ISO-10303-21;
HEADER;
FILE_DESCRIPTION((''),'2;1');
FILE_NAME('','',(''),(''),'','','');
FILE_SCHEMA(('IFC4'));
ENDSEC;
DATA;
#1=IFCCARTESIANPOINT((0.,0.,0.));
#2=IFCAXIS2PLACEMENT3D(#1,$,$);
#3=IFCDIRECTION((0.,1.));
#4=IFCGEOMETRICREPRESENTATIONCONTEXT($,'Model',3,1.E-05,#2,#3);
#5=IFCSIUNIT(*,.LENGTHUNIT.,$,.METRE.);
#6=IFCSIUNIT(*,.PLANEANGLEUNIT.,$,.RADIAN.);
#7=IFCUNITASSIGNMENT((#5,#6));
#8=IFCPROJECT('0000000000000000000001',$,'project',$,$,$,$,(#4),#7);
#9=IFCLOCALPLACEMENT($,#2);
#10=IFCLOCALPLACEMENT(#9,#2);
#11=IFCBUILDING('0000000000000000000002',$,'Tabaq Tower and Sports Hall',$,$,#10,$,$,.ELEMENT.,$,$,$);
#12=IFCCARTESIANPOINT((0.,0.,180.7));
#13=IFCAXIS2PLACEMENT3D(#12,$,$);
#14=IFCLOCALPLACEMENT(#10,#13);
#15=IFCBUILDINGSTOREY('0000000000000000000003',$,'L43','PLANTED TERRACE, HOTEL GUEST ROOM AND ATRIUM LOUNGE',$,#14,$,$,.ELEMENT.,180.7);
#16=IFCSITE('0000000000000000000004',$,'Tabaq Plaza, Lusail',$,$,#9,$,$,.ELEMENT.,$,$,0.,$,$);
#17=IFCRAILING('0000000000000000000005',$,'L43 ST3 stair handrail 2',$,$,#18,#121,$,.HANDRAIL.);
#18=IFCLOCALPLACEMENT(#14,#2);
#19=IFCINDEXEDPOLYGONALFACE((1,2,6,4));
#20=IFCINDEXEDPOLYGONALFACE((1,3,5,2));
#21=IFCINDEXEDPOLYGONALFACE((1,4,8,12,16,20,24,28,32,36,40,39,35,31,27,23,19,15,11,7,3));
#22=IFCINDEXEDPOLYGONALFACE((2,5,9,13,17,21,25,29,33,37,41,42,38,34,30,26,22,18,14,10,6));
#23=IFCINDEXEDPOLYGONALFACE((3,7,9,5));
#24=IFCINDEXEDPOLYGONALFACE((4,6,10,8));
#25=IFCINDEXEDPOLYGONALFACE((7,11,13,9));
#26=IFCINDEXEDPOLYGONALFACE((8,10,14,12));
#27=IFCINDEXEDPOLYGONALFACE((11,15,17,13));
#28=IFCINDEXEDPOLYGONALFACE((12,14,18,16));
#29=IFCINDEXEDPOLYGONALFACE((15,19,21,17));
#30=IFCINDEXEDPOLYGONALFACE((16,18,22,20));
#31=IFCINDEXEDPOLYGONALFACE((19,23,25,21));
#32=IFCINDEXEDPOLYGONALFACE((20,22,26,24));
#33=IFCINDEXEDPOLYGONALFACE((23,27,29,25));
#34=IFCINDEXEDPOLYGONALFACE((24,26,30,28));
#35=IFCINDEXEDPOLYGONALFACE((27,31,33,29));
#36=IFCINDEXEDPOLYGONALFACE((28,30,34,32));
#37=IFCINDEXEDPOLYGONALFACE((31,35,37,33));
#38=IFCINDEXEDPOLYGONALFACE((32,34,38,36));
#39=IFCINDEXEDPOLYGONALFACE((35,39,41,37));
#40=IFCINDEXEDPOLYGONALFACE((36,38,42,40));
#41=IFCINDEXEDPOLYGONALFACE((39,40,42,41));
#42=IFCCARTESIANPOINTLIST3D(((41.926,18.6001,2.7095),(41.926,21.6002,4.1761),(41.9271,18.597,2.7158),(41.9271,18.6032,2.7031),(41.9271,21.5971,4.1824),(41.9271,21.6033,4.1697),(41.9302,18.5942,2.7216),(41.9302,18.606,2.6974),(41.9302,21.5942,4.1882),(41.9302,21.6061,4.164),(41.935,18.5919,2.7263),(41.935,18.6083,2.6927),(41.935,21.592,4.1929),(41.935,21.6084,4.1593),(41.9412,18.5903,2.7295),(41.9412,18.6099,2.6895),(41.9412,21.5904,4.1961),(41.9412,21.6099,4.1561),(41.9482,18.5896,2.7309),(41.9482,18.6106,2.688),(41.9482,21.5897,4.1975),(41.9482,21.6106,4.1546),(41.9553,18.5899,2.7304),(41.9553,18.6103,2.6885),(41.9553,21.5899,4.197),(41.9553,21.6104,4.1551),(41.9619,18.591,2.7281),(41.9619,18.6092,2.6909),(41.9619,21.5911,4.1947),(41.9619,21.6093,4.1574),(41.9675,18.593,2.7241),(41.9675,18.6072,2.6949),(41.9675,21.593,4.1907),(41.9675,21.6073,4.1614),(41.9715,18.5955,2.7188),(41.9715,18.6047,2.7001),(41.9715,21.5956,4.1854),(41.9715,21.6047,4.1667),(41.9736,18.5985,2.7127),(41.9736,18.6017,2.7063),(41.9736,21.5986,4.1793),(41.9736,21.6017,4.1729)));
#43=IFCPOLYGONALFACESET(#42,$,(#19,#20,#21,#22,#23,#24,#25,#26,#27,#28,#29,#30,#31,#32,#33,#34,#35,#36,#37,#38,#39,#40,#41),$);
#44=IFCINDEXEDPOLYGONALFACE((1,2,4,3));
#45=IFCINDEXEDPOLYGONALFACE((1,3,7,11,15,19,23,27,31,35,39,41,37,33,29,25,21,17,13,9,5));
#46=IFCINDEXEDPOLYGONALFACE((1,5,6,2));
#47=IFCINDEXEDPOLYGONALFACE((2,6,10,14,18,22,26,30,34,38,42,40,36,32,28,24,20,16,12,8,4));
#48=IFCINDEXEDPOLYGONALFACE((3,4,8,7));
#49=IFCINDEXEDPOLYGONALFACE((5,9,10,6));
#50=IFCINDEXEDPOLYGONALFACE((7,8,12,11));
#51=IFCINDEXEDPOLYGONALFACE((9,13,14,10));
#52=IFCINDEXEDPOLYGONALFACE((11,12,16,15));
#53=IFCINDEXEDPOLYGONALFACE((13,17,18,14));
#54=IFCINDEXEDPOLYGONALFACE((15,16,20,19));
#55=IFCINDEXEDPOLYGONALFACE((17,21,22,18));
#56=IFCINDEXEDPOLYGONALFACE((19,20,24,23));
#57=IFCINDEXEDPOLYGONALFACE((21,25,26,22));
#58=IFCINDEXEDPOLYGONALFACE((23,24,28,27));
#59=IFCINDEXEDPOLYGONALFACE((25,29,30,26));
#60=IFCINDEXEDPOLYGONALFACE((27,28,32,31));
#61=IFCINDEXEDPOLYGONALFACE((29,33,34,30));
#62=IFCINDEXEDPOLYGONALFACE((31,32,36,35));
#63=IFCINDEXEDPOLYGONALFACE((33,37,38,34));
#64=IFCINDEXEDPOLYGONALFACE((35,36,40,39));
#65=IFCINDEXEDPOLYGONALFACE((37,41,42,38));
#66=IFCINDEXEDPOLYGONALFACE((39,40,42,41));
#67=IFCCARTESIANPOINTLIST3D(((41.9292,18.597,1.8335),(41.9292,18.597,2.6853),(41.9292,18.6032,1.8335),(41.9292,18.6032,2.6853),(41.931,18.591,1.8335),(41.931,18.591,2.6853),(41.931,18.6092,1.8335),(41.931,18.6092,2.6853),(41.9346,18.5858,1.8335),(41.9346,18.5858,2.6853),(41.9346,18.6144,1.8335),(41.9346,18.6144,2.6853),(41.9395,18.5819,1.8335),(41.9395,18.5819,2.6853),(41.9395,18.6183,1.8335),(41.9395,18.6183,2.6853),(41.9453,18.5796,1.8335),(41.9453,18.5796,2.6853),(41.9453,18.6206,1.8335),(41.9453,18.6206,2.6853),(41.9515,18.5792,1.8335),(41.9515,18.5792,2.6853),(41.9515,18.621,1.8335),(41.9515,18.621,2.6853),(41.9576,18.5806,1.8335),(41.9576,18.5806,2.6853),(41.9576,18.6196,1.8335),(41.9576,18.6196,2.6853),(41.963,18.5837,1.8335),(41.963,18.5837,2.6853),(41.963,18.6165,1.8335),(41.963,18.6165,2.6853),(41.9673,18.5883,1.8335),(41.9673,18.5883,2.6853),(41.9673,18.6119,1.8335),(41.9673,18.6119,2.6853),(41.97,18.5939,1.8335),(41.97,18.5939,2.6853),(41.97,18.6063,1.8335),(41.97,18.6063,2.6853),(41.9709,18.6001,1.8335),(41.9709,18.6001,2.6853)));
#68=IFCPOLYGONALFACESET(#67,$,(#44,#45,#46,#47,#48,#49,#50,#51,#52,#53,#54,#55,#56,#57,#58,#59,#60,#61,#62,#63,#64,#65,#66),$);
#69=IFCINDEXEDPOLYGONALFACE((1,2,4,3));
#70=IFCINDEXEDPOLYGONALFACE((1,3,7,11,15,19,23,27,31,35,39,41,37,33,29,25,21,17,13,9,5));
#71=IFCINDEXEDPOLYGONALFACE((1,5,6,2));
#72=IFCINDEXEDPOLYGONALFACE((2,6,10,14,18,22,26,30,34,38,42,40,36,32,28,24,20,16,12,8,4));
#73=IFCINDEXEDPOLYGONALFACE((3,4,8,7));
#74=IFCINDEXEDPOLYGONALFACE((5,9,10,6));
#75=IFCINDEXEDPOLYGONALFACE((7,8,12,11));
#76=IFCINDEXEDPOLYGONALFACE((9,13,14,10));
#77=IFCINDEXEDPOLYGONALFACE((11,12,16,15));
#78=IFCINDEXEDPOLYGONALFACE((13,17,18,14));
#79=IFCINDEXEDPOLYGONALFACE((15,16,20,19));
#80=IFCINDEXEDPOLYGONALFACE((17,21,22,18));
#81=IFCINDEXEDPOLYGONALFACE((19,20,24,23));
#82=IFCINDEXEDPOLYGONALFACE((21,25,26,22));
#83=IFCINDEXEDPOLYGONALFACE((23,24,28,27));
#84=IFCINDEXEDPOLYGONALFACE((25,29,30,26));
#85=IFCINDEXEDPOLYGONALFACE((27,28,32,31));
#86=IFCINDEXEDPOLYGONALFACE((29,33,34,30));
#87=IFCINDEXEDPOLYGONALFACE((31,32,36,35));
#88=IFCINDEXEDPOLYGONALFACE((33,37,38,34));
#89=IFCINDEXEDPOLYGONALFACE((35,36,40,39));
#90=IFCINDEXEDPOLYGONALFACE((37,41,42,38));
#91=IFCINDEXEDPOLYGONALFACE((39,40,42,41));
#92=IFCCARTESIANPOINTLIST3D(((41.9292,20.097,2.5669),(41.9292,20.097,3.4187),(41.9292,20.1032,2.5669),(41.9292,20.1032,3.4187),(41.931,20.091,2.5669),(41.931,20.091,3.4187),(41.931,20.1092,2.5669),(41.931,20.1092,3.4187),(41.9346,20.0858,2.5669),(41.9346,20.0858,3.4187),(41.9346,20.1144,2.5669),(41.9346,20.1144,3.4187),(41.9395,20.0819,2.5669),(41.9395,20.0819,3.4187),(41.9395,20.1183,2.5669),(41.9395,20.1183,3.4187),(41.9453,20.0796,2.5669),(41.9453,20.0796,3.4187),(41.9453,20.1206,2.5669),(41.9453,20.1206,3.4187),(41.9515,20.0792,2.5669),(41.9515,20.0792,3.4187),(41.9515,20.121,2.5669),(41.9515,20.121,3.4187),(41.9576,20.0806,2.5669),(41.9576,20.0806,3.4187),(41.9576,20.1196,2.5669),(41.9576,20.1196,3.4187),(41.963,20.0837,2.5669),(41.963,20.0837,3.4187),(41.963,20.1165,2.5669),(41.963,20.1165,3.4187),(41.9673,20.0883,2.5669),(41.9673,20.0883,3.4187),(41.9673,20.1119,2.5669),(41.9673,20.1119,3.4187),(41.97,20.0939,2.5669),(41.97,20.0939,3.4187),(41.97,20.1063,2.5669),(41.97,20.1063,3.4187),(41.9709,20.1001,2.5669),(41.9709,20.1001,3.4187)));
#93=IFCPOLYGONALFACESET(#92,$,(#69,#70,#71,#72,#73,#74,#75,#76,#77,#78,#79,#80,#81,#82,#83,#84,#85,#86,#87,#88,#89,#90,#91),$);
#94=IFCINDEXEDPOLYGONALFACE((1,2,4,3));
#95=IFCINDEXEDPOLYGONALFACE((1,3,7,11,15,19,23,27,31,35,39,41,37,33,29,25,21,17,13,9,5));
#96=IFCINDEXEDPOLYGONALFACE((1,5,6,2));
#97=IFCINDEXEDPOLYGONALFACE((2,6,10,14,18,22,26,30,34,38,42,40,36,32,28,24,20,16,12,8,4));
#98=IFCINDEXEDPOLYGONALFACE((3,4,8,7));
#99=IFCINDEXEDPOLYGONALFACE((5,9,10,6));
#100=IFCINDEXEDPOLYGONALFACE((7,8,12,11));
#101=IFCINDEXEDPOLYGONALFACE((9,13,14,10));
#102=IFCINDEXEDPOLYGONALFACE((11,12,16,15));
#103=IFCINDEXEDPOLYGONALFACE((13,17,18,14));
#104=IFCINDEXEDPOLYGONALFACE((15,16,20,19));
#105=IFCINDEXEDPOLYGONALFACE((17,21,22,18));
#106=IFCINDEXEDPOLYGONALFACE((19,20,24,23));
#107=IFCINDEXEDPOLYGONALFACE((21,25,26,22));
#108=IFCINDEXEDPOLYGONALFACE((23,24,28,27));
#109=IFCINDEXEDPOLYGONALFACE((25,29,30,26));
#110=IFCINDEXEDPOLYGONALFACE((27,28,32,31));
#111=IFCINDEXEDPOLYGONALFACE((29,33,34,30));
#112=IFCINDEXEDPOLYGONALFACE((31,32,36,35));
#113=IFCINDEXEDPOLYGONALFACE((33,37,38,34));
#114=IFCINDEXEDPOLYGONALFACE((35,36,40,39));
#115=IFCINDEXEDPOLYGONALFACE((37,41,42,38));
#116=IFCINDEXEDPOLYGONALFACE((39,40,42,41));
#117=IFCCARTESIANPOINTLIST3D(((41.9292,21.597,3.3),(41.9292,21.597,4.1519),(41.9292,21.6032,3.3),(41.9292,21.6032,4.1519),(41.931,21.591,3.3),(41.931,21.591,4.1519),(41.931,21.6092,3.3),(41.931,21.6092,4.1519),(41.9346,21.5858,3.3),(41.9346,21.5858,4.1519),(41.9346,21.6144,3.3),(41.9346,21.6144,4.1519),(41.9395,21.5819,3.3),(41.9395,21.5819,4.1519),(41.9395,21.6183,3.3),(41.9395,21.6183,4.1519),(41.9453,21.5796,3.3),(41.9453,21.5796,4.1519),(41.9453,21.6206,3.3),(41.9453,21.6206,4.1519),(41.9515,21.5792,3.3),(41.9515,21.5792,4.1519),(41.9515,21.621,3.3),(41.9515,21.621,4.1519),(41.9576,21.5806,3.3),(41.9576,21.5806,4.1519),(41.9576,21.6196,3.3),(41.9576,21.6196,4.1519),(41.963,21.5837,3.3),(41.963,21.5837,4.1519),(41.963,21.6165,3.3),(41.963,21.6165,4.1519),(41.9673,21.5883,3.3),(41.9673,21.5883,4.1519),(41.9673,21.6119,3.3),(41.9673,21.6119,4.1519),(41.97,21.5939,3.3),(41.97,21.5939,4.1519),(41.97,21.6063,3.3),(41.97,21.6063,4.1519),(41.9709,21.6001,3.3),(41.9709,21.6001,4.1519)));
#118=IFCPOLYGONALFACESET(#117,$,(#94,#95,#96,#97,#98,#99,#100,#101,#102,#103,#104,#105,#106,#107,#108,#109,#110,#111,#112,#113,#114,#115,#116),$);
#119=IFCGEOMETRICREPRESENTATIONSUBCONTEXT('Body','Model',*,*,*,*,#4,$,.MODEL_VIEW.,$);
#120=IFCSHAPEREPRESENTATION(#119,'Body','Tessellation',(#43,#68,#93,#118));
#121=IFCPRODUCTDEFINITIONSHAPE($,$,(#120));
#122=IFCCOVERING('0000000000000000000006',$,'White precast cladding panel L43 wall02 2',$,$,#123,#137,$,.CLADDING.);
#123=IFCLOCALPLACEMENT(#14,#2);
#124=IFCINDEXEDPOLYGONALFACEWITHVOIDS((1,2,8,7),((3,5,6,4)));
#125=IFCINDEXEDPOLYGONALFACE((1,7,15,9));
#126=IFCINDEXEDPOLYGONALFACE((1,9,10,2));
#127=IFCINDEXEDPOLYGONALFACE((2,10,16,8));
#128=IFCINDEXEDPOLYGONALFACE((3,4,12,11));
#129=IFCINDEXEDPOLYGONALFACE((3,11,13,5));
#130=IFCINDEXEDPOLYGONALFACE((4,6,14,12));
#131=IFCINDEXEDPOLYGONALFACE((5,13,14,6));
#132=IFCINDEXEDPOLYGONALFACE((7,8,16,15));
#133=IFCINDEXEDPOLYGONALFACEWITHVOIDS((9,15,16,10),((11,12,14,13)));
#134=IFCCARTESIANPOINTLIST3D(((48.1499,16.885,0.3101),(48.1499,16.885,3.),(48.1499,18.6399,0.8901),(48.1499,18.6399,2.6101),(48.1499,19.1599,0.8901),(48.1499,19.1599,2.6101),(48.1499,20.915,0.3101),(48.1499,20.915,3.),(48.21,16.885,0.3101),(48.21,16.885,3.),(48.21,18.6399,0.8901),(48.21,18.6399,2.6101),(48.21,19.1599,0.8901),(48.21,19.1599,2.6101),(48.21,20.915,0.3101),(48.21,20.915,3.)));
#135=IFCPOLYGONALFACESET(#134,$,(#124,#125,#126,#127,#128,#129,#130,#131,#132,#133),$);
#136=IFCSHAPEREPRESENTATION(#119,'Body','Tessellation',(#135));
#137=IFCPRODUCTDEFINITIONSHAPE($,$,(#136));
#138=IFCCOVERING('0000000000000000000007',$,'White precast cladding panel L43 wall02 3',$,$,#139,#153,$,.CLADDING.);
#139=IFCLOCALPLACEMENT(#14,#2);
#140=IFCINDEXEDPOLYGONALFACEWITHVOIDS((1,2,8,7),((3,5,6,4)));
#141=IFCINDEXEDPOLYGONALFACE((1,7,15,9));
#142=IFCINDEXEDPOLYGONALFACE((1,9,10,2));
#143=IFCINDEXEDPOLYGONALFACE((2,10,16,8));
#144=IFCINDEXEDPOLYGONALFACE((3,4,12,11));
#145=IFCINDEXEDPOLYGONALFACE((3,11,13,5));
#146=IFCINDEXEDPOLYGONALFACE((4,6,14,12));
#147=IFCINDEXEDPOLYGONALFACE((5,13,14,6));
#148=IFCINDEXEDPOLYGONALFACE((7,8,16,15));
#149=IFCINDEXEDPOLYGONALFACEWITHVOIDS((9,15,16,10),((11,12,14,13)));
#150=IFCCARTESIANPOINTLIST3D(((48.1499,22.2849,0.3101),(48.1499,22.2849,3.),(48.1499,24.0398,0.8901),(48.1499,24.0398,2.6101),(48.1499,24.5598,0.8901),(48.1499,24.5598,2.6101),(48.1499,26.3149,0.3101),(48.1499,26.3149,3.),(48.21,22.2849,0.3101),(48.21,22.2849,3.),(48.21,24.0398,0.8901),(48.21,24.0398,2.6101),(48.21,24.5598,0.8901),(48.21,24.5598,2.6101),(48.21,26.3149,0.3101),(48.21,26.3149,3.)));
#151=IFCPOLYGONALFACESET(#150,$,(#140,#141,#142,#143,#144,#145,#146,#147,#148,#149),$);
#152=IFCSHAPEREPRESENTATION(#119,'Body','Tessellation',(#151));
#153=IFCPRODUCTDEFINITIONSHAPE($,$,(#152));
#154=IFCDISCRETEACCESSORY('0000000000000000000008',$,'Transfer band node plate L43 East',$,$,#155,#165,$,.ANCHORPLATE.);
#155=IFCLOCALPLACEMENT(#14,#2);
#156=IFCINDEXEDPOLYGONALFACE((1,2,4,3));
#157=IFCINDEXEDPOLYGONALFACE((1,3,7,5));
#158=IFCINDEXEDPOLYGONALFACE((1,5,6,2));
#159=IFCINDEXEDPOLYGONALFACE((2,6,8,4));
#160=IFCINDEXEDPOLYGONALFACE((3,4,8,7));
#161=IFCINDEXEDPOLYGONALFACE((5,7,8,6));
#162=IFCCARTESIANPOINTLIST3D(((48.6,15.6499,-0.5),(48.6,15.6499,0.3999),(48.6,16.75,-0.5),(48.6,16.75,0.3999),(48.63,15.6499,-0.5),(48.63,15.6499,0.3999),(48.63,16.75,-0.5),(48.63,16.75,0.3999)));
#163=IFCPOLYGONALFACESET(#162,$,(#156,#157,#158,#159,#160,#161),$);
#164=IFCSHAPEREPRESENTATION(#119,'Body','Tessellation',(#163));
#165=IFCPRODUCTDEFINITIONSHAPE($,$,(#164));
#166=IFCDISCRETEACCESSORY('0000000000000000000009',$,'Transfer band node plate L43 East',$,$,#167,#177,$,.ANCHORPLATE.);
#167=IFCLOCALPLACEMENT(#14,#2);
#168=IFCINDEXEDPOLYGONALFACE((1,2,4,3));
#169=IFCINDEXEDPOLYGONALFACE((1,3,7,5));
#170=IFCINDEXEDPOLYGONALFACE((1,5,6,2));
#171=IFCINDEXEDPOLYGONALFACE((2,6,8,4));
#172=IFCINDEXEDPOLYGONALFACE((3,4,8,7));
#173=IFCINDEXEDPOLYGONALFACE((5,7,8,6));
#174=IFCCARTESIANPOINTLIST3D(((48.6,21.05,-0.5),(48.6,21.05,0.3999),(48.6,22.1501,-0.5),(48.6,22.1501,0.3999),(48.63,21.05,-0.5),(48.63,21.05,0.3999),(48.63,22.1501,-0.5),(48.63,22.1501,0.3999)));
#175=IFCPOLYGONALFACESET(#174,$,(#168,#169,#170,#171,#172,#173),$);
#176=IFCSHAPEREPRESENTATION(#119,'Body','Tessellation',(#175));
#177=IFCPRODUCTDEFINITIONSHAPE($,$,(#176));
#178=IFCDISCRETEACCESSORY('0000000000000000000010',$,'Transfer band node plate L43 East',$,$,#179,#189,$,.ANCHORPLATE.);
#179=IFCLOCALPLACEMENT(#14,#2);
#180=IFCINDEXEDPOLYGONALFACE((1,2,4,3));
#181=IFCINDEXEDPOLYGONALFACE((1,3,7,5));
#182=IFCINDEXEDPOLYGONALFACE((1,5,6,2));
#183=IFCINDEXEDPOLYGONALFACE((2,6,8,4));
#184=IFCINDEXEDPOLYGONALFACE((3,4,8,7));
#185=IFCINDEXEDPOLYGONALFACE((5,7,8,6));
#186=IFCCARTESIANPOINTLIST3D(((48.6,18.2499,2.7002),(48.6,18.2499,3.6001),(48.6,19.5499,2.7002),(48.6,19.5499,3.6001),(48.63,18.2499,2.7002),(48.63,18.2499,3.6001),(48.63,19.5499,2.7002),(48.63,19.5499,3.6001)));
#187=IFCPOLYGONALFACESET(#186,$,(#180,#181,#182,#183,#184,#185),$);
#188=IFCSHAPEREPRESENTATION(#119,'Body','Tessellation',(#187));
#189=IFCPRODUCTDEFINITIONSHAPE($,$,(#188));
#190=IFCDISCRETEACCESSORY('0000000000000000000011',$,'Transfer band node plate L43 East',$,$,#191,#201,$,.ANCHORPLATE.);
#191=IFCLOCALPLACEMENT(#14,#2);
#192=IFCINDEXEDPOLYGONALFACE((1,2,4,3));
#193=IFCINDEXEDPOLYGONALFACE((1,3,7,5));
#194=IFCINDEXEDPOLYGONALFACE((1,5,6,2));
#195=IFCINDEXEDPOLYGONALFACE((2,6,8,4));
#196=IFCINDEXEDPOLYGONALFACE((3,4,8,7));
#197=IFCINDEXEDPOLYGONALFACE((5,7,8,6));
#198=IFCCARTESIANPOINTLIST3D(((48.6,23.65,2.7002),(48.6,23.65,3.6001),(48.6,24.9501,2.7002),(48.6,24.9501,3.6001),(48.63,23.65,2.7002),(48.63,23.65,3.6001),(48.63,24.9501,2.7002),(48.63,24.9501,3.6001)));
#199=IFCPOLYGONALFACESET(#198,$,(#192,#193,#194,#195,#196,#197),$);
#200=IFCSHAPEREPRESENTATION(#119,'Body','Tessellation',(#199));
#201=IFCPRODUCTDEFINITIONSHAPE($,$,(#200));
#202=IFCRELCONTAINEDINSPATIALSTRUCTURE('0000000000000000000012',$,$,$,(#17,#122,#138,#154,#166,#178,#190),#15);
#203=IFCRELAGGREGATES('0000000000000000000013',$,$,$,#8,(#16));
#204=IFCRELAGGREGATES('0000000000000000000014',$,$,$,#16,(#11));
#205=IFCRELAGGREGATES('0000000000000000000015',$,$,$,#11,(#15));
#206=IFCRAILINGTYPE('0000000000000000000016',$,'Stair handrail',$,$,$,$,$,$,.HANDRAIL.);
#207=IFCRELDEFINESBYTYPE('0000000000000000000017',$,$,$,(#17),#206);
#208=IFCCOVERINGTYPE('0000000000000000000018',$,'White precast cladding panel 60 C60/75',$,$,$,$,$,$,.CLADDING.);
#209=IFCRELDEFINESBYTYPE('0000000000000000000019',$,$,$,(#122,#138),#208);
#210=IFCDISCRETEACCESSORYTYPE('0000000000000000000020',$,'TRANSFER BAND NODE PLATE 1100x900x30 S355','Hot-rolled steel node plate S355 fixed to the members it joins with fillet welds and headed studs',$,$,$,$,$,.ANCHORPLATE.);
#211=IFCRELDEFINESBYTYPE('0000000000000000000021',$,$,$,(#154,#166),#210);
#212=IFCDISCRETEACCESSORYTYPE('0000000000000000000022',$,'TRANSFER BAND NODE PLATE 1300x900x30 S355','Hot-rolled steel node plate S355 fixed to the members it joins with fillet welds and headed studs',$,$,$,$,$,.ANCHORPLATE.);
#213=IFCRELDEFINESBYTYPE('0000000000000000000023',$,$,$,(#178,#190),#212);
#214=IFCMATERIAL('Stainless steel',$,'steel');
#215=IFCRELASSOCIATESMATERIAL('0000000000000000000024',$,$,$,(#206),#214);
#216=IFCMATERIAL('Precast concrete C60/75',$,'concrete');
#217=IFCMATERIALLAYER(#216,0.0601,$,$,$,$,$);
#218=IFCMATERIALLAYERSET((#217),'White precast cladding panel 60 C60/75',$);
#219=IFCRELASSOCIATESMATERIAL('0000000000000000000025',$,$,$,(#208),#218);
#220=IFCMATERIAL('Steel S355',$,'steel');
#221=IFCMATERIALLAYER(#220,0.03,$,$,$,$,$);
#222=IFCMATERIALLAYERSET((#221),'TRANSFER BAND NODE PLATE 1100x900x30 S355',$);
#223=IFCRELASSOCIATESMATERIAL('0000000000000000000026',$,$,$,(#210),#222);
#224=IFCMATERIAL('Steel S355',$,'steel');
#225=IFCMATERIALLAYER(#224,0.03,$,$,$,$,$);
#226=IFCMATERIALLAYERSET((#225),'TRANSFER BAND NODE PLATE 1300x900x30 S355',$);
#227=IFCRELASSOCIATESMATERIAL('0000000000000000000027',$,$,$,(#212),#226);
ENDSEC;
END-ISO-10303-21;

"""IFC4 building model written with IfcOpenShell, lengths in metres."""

from ifc_helpers import new_model, si_unit, direction, frame, origin, origin_2d, place, context, subcontext, project, spatial, polyline, rectangle, circle, outline, extrude, material, layer, layer_set, type_object, element, save


model = new_model("IFC4")

# Units and contexts
model_context = context("Model", 3, precision=1e-05, world=origin(), true_north=direction((0.0, 1.0)))
body_context = subcontext(model_context, "Body", "Model", "MODEL_VIEW")
ifc_project = project(units=[si_unit("LENGTHUNIT", "METRE"), si_unit("PLANEANGLEUNIT", "RADIAN")], contexts=[model_context])

# Site, building, storey
site_placement = place(None, origin())
site = spatial("IfcSite", under=ifc_project, at=site_placement, Name="Tabaq Plaza, Lusail", CompositionType="ELEMENT", RefElevation=0.0)
building_placement = place(site_placement, origin())
building = spatial("IfcBuilding", under=site, at=building_placement, Name="Tabaq Tower and Sports Hall", CompositionType="ELEMENT")
storey_placement = place(building_placement, frame((0.0, 0.0, 180.7)))
storey = spatial("IfcBuildingStorey", under=building, at=storey_placement, Name="L43", Description="PLANTED TERRACE, HOTEL GUEST ROOM AND ATRIUM LOUNGE", CompositionType="ELEMENT", Elevation=180.7)

# Railing
ifc_material_1 = material(Name="Stainless steel", Category="steel")
railing_type = type_object("IfcRailingType", Name="Stair handrail", PredefinedType="HANDRAIL", material=ifc_material_1)
railing_placement = place(storey_placement, frame((41.95, 18.6001, 1.8335)))
element("IfcRailing", 1, at=railing_placement, inside=storey, type_object=railing_type, Name="L43 ST3 stair handrail 2", PredefinedType="HANDRAIL", context=body_context, shape_type="SweptSolid", body=[
    extrude(circle(Radius=0.0239, at=origin_2d()), frame((0.0, 0.0, 0.876), z_axis=(0.0, 0.898398, 0.439183), x_axis=(-1.0, 0.0, 0.0)), (0.0, 0.0, 1.0), 3.3394),
    extrude(circle(Radius=0.021, at=origin_2d()), origin(), (0.0, 0.0, 1.0), 0.8518),
    extrude(circle(Radius=0.021, at=origin_2d()), frame((0.0, 1.5, 0.7334)), (0.0, 0.0, 1.0), 0.8518),
    extrude(circle(Radius=0.021, at=origin_2d()), frame((0.0, 3.0, 1.4666)), (0.0, 0.0, 1.0), 0.8518),
])

# Coverings
ifc_material_2 = material(Name="Precast concrete C60/75", Category="concrete")
ifc_layer_1 = layer(ifc_material_2, 0.0601)
ifc_layer_set_1 = layer_set([ifc_layer_1], Name="White precast cladding panel 60 C60/75")
covering_type_1 = type_object("IfcCoveringType", Name="White precast cladding panel 60 C60/75", PredefinedType="CLADDING", material=ifc_layer_set_1)
for number, where, z_axis, x_axis, name in (
    (2, (48.1799, 16.885, 0.3101), (0.0, 0.0, 1.0), (0.0, 1.0, 0.0), "White precast cladding panel L43 wall02 2"),
    (3, (48.1799, 22.2849, 0.3101), (0.0, 0.0, 1.0), (0.0, 1.0, 0.0), "White precast cladding panel L43 wall02 3"),
):
    element("IfcCovering", number, at=place(storey_placement, frame(where, z_axis=z_axis, x_axis=x_axis)), inside=storey, type_object=covering_type_1, Name=name, PredefinedType="CLADDING", context=body_context, shape_type="SweptSolid", body=[
        extrude(outline(polyline([(0.0, 0.0), (4.03, 0.0), (4.03, 2.6899), (0.0, 2.6899), (0.0, 0.0)]), holes=[polyline([(1.7549, 0.5801), (1.7549, 2.3), (2.2749, 2.3), (2.2749, 0.5801), (1.7549, 0.5801)])]), frame((0.0, 0.03, 0.0), z_axis=(0.0, -1.0, 0.0), x_axis=(1.0, 0.0, 0.0)), (0.0, 0.0, 1.0), 0.0601),
    ])

# Discrete accessories
ifc_material_3 = material(Name="Steel S355", Category="steel")
ifc_layer_2 = layer(ifc_material_3, 0.03)
ifc_layer_set_2 = layer_set([ifc_layer_2], Name="TRANSFER BAND NODE PLATE 1100x900x30 S355")
discrete_accessory_type_1 = type_object("IfcDiscreteAccessoryType", Name="TRANSFER BAND NODE PLATE 1100x900x30 S355", Description="Hot-rolled steel node plate S355 fixed to the members it joins with fillet welds and headed studs", PredefinedType="ANCHORPLATE", material=ifc_layer_set_2)
for number, where, z_axis, x_axis, name in (
    (4, (48.615, 16.2, -0.5), (0.0, 0.0, 1.0), (0.0, 1.0, 0.0), "Transfer band node plate L43 East"),
    (5, (48.615, 21.6001, -0.5), (0.0, 0.0, 1.0), (0.0, 1.0, 0.0), "Transfer band node plate L43 East"),
):
    element("IfcDiscreteAccessory", number, at=place(storey_placement, frame(where, z_axis=z_axis, x_axis=x_axis)), inside=storey, type_object=discrete_accessory_type_1, Name=name, PredefinedType="ANCHORPLATE", context=body_context, shape_type="SweptSolid", body=[
        extrude(rectangle(XDim=1.1001, YDim=0.03, at=origin_2d()), origin(), (0.0, 0.0, 1.0), 0.8999),
    ])
ifc_material_4 = material(Name="Steel S355", Category="steel")
ifc_layer_3 = layer(ifc_material_4, 0.03)
ifc_layer_set_3 = layer_set([ifc_layer_3], Name="TRANSFER BAND NODE PLATE 1300x900x30 S355")
discrete_accessory_type_2 = type_object("IfcDiscreteAccessoryType", Name="TRANSFER BAND NODE PLATE 1300x900x30 S355", Description="Hot-rolled steel node plate S355 fixed to the members it joins with fillet welds and headed studs", PredefinedType="ANCHORPLATE", material=ifc_layer_set_3)
for number, where, z_axis, x_axis, name in (
    (6, (48.615, 18.8999, 2.7002), (0.0, 0.0, 1.0), (0.0, 1.0, 0.0), "Transfer band node plate L43 East"),
    (7, (48.615, 24.3, 2.7002), (0.0, 0.0, 1.0), (0.0, 1.0, 0.0), "Transfer band node plate L43 East"),
):
    element("IfcDiscreteAccessory", number, at=place(storey_placement, frame(where, z_axis=z_axis, x_axis=x_axis)), inside=storey, type_object=discrete_accessory_type_2, Name=name, PredefinedType="ANCHORPLATE", context=body_context, shape_type="SweptSolid", body=[
        extrude(rectangle(XDim=1.3, YDim=0.03, at=origin_2d()), origin(), (0.0, 0.0, 1.0), 0.8999),
    ])

save(model, "model.ifc")
